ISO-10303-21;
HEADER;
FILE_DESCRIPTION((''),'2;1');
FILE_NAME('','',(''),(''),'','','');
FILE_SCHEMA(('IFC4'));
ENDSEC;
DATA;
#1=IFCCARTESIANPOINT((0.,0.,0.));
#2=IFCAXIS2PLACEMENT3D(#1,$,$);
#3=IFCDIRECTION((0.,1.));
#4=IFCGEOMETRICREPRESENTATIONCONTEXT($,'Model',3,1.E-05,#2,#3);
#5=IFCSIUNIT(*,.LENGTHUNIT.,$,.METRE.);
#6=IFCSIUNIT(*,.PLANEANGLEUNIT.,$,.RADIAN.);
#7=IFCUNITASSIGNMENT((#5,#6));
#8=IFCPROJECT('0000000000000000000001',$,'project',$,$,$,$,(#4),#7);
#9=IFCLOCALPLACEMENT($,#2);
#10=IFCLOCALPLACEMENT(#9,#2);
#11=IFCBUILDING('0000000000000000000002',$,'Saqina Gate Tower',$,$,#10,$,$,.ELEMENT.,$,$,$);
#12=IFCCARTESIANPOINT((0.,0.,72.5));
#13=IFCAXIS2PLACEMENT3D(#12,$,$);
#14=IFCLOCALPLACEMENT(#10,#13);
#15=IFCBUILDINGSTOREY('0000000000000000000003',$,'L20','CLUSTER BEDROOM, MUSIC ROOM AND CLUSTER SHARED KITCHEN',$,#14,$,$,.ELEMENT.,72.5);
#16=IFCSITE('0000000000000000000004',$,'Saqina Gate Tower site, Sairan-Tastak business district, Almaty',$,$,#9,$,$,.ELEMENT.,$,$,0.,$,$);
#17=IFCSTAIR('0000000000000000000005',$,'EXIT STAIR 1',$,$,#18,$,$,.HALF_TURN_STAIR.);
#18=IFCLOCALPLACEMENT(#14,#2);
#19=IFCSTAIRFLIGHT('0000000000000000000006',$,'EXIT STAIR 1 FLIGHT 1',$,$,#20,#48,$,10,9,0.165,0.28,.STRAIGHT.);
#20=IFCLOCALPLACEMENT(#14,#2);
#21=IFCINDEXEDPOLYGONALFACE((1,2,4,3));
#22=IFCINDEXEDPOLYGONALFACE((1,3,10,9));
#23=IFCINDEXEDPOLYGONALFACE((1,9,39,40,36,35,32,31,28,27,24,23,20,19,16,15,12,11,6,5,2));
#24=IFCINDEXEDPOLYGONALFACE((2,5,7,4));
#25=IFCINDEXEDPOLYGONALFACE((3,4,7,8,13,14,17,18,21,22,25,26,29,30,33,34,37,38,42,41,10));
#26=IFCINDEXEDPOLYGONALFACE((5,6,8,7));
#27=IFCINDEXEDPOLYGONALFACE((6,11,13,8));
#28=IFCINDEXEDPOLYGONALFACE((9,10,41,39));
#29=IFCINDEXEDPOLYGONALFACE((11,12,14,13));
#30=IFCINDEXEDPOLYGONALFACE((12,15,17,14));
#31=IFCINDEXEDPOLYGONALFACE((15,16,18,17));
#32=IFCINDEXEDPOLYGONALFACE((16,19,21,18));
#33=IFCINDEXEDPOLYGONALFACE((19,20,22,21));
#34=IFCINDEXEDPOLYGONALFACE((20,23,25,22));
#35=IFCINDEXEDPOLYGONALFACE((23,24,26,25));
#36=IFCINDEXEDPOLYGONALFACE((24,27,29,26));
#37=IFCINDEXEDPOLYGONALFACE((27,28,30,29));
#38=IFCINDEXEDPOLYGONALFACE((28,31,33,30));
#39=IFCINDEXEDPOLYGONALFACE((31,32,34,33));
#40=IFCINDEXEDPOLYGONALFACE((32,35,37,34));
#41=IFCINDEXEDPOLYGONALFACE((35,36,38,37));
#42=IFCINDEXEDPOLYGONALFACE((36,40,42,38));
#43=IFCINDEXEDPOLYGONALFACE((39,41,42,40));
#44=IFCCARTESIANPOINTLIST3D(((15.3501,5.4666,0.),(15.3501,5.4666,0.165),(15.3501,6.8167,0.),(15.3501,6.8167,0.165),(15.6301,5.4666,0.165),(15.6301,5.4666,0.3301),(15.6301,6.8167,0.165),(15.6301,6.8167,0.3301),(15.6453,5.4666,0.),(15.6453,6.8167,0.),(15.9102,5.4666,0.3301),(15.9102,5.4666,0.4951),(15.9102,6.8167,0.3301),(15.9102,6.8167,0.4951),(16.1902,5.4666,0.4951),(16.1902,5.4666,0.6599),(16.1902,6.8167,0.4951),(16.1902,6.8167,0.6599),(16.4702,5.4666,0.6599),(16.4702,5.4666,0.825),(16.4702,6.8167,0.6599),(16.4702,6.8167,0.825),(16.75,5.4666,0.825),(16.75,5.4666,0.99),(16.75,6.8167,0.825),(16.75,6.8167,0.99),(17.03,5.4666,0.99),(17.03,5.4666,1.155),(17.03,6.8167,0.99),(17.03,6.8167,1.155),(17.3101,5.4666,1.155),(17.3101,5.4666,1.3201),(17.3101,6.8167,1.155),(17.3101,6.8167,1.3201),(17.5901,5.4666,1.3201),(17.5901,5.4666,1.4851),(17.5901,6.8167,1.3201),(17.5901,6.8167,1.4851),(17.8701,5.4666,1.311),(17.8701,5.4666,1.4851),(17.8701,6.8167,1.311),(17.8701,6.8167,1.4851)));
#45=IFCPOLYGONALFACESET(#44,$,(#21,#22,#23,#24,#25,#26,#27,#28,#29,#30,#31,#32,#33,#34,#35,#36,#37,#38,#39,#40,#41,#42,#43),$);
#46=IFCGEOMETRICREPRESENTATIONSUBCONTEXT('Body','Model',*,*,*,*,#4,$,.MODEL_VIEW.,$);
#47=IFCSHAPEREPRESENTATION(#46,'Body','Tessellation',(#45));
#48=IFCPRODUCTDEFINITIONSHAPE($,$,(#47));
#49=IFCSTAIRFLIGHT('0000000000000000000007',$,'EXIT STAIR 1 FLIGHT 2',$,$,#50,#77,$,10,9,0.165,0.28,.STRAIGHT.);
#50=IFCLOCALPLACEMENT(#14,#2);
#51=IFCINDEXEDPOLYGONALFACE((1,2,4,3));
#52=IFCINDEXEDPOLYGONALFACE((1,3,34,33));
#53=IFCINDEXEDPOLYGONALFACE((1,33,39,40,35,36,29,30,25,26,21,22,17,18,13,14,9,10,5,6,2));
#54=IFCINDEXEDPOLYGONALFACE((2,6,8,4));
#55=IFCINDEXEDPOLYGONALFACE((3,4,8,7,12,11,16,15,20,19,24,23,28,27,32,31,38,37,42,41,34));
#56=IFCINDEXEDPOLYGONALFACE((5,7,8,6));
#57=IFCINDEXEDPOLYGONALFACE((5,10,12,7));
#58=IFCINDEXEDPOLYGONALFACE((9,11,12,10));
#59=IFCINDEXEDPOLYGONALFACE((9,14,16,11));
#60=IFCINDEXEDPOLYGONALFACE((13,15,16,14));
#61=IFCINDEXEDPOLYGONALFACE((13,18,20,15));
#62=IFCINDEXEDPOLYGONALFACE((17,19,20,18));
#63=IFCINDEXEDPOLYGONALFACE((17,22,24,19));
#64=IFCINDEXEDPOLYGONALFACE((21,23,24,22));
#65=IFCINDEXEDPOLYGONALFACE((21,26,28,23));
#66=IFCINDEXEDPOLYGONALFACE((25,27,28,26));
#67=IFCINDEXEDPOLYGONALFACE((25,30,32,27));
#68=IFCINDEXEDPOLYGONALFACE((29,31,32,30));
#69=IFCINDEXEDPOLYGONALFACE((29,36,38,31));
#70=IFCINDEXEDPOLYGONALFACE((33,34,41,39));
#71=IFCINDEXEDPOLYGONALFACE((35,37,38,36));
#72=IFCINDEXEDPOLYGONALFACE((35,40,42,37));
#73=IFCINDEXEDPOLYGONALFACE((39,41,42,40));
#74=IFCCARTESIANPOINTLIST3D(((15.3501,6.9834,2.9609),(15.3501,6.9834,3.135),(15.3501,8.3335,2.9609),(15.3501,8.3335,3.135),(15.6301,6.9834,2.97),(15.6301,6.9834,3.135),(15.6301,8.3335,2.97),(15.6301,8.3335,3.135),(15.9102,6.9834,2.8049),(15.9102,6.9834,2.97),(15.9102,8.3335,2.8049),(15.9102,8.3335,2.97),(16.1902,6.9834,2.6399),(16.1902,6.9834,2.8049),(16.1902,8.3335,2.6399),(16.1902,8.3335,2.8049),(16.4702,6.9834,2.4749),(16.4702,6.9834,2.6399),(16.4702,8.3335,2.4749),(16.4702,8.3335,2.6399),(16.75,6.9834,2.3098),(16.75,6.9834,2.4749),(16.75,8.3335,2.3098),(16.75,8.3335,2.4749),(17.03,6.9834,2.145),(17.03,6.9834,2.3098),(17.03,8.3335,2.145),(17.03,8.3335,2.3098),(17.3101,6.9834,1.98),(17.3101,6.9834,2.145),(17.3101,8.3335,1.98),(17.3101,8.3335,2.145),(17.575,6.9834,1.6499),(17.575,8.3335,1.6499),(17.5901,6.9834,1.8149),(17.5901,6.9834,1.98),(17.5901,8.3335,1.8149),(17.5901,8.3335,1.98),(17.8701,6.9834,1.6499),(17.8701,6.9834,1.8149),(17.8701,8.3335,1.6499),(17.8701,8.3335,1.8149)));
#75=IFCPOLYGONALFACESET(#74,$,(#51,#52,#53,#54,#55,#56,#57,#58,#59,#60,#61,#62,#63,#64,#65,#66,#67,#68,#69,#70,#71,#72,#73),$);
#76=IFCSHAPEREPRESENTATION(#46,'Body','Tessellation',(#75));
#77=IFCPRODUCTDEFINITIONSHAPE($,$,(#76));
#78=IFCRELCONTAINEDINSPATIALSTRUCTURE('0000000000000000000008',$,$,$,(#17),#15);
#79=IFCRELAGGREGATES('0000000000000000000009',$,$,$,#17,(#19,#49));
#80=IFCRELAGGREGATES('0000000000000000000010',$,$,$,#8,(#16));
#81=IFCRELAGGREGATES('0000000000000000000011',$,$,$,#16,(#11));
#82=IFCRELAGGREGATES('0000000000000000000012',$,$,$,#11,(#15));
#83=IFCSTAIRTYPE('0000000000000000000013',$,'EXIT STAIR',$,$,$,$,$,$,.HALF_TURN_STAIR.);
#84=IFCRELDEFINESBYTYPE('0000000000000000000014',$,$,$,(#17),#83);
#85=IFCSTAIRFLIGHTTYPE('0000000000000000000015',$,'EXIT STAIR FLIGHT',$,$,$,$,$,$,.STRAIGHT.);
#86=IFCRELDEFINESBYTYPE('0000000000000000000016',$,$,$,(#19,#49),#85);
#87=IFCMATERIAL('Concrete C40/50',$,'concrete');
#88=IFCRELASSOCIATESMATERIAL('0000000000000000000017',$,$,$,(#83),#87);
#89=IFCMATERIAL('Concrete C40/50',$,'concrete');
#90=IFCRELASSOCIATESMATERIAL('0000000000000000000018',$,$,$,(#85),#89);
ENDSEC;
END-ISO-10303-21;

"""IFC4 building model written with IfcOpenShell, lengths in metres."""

from ifc_helpers import new_model, si_unit, direction, frame, origin, place, context, subcontext, project, spatial, polyline, outline, extrude, material, type_object, element, aggregate, save


model = new_model("IFC4")

# Units and contexts
model_context = context("Model", 3, precision=1e-05, world=origin(), true_north=direction((0.0, 1.0)))
body_context = subcontext(model_context, "Body", "Model", "MODEL_VIEW")
ifc_project = project(units=[si_unit("LENGTHUNIT", "METRE"), si_unit("PLANEANGLEUNIT", "RADIAN")], contexts=[model_context])

# Site, building, storey
site_placement = place(None, origin())
site = spatial("IfcSite", under=ifc_project, at=site_placement, Name="Saqina Gate Tower site, Sairan-Tastak business district, Almaty", CompositionType="ELEMENT", RefElevation=0.0)
building_placement = place(site_placement, origin())
building = spatial("IfcBuilding", under=site, at=building_placement, Name="Saqina Gate Tower", CompositionType="ELEMENT")
storey_placement = place(building_placement, frame((0.0, 0.0, 72.5)))
storey = spatial("IfcBuildingStorey", under=building, at=storey_placement, Name="L20", Description="CLUSTER BEDROOM, MUSIC ROOM AND CLUSTER SHARED KITCHEN", CompositionType="ELEMENT", Elevation=72.5)

# Stair, stair flights
ifc_material_1 = material(Name="Concrete C40/50", Category="concrete")
stair_type = type_object("IfcStairType", Name="EXIT STAIR", PredefinedType="HALF_TURN_STAIR", material=ifc_material_1)
stair_placement = place(storey_placement, origin())
stair = element("IfcStair", 1, at=stair_placement, inside=storey, type_object=stair_type, Name="EXIT STAIR 1", PredefinedType="HALF_TURN_STAIR")
ifc_material_2 = material(Name="Concrete C40/50", Category="concrete")
stair_flight_type = type_object("IfcStairFlightType", Name="EXIT STAIR FLIGHT", PredefinedType="STRAIGHT", material=ifc_material_2)
stair_flight_1_placement = place(storey_placement, frame((15.3501, 6.1416, 0.0), z_axis=(0.0, 0.0, 1.0), x_axis=(1.0, 0.0, 0.0)))
stair_flight_1 = element("IfcStairFlight", 2, at=stair_flight_1_placement, type_object=stair_flight_type, Name="EXIT STAIR 1 FLIGHT 1", NumberOfRisers=10, NumberOfTreads=9, PredefinedType="STRAIGHT", RiserHeight=0.165, TreadLength=0.28, context=body_context, shape_type="SweptSolid", body=[
    extrude(outline(polyline([(0.0, 0.0), (0.0, 0.165), (0.28, 0.165), (0.28, 0.3301), (0.5601, 0.3301), (0.5601, 0.4951), (0.8401, 0.4951), (0.8401, 0.6599), (1.1201, 0.6599), (1.1201, 0.825), (1.3999, 0.825), (1.3999, 0.99), (1.6799, 0.99), (1.6799, 1.155), (1.96, 1.155), (1.96, 1.3201), (2.24, 1.3201), (2.24, 1.4851), (2.52, 1.4851), (2.52, 1.6499), (2.52, 1.311), (0.2952, 0.0), (0.0, 0.0)])), frame((0.0, 0.675, 0.0), z_axis=(0.0, -1.0, 0.0), x_axis=(1.0, 0.0, 0.0)), (0.0, 0.0, 1.0), 1.3501),
])
stair_flight_2_placement = place(storey_placement, frame((17.8701, 7.6584, 1.6499), z_axis=(0.0, 0.0, 1.0), x_axis=(-1.0, 0.0, 0.0)))
stair_flight_2 = element("IfcStairFlight", 3, at=stair_flight_2_placement, type_object=stair_flight_type, Name="EXIT STAIR 1 FLIGHT 2", NumberOfRisers=10, NumberOfTreads=9, PredefinedType="STRAIGHT", RiserHeight=0.165, TreadLength=0.28, context=body_context, shape_type="SweptSolid", body=[
    extrude(outline(polyline([(0.0, 0.0), (0.0, 0.165), (0.28, 0.165), (0.28, 0.3301), (0.5601, 0.3301), (0.5601, 0.4951), (0.8401, 0.4951), (0.8401, 0.6599), (1.1201, 0.6599), (1.1201, 0.825), (1.3999, 0.825), (1.3999, 0.99), (1.6799, 0.99), (1.6799, 1.155), (1.96, 1.155), (1.96, 1.3201), (2.24, 1.3201), (2.24, 1.4851), (2.52, 1.4851), (2.52, 1.6499), (2.52, 1.311), (0.2952, 0.0), (0.0, 0.0)])), frame((0.0, 0.675, 0.0), z_axis=(0.0, -1.0, 0.0), x_axis=(1.0, 0.0, 0.0)), (0.0, 0.0, 1.0), 1.3501),
])
aggregate(stair, [stair_flight_1, stair_flight_2])

save(model, "model.ifc")
